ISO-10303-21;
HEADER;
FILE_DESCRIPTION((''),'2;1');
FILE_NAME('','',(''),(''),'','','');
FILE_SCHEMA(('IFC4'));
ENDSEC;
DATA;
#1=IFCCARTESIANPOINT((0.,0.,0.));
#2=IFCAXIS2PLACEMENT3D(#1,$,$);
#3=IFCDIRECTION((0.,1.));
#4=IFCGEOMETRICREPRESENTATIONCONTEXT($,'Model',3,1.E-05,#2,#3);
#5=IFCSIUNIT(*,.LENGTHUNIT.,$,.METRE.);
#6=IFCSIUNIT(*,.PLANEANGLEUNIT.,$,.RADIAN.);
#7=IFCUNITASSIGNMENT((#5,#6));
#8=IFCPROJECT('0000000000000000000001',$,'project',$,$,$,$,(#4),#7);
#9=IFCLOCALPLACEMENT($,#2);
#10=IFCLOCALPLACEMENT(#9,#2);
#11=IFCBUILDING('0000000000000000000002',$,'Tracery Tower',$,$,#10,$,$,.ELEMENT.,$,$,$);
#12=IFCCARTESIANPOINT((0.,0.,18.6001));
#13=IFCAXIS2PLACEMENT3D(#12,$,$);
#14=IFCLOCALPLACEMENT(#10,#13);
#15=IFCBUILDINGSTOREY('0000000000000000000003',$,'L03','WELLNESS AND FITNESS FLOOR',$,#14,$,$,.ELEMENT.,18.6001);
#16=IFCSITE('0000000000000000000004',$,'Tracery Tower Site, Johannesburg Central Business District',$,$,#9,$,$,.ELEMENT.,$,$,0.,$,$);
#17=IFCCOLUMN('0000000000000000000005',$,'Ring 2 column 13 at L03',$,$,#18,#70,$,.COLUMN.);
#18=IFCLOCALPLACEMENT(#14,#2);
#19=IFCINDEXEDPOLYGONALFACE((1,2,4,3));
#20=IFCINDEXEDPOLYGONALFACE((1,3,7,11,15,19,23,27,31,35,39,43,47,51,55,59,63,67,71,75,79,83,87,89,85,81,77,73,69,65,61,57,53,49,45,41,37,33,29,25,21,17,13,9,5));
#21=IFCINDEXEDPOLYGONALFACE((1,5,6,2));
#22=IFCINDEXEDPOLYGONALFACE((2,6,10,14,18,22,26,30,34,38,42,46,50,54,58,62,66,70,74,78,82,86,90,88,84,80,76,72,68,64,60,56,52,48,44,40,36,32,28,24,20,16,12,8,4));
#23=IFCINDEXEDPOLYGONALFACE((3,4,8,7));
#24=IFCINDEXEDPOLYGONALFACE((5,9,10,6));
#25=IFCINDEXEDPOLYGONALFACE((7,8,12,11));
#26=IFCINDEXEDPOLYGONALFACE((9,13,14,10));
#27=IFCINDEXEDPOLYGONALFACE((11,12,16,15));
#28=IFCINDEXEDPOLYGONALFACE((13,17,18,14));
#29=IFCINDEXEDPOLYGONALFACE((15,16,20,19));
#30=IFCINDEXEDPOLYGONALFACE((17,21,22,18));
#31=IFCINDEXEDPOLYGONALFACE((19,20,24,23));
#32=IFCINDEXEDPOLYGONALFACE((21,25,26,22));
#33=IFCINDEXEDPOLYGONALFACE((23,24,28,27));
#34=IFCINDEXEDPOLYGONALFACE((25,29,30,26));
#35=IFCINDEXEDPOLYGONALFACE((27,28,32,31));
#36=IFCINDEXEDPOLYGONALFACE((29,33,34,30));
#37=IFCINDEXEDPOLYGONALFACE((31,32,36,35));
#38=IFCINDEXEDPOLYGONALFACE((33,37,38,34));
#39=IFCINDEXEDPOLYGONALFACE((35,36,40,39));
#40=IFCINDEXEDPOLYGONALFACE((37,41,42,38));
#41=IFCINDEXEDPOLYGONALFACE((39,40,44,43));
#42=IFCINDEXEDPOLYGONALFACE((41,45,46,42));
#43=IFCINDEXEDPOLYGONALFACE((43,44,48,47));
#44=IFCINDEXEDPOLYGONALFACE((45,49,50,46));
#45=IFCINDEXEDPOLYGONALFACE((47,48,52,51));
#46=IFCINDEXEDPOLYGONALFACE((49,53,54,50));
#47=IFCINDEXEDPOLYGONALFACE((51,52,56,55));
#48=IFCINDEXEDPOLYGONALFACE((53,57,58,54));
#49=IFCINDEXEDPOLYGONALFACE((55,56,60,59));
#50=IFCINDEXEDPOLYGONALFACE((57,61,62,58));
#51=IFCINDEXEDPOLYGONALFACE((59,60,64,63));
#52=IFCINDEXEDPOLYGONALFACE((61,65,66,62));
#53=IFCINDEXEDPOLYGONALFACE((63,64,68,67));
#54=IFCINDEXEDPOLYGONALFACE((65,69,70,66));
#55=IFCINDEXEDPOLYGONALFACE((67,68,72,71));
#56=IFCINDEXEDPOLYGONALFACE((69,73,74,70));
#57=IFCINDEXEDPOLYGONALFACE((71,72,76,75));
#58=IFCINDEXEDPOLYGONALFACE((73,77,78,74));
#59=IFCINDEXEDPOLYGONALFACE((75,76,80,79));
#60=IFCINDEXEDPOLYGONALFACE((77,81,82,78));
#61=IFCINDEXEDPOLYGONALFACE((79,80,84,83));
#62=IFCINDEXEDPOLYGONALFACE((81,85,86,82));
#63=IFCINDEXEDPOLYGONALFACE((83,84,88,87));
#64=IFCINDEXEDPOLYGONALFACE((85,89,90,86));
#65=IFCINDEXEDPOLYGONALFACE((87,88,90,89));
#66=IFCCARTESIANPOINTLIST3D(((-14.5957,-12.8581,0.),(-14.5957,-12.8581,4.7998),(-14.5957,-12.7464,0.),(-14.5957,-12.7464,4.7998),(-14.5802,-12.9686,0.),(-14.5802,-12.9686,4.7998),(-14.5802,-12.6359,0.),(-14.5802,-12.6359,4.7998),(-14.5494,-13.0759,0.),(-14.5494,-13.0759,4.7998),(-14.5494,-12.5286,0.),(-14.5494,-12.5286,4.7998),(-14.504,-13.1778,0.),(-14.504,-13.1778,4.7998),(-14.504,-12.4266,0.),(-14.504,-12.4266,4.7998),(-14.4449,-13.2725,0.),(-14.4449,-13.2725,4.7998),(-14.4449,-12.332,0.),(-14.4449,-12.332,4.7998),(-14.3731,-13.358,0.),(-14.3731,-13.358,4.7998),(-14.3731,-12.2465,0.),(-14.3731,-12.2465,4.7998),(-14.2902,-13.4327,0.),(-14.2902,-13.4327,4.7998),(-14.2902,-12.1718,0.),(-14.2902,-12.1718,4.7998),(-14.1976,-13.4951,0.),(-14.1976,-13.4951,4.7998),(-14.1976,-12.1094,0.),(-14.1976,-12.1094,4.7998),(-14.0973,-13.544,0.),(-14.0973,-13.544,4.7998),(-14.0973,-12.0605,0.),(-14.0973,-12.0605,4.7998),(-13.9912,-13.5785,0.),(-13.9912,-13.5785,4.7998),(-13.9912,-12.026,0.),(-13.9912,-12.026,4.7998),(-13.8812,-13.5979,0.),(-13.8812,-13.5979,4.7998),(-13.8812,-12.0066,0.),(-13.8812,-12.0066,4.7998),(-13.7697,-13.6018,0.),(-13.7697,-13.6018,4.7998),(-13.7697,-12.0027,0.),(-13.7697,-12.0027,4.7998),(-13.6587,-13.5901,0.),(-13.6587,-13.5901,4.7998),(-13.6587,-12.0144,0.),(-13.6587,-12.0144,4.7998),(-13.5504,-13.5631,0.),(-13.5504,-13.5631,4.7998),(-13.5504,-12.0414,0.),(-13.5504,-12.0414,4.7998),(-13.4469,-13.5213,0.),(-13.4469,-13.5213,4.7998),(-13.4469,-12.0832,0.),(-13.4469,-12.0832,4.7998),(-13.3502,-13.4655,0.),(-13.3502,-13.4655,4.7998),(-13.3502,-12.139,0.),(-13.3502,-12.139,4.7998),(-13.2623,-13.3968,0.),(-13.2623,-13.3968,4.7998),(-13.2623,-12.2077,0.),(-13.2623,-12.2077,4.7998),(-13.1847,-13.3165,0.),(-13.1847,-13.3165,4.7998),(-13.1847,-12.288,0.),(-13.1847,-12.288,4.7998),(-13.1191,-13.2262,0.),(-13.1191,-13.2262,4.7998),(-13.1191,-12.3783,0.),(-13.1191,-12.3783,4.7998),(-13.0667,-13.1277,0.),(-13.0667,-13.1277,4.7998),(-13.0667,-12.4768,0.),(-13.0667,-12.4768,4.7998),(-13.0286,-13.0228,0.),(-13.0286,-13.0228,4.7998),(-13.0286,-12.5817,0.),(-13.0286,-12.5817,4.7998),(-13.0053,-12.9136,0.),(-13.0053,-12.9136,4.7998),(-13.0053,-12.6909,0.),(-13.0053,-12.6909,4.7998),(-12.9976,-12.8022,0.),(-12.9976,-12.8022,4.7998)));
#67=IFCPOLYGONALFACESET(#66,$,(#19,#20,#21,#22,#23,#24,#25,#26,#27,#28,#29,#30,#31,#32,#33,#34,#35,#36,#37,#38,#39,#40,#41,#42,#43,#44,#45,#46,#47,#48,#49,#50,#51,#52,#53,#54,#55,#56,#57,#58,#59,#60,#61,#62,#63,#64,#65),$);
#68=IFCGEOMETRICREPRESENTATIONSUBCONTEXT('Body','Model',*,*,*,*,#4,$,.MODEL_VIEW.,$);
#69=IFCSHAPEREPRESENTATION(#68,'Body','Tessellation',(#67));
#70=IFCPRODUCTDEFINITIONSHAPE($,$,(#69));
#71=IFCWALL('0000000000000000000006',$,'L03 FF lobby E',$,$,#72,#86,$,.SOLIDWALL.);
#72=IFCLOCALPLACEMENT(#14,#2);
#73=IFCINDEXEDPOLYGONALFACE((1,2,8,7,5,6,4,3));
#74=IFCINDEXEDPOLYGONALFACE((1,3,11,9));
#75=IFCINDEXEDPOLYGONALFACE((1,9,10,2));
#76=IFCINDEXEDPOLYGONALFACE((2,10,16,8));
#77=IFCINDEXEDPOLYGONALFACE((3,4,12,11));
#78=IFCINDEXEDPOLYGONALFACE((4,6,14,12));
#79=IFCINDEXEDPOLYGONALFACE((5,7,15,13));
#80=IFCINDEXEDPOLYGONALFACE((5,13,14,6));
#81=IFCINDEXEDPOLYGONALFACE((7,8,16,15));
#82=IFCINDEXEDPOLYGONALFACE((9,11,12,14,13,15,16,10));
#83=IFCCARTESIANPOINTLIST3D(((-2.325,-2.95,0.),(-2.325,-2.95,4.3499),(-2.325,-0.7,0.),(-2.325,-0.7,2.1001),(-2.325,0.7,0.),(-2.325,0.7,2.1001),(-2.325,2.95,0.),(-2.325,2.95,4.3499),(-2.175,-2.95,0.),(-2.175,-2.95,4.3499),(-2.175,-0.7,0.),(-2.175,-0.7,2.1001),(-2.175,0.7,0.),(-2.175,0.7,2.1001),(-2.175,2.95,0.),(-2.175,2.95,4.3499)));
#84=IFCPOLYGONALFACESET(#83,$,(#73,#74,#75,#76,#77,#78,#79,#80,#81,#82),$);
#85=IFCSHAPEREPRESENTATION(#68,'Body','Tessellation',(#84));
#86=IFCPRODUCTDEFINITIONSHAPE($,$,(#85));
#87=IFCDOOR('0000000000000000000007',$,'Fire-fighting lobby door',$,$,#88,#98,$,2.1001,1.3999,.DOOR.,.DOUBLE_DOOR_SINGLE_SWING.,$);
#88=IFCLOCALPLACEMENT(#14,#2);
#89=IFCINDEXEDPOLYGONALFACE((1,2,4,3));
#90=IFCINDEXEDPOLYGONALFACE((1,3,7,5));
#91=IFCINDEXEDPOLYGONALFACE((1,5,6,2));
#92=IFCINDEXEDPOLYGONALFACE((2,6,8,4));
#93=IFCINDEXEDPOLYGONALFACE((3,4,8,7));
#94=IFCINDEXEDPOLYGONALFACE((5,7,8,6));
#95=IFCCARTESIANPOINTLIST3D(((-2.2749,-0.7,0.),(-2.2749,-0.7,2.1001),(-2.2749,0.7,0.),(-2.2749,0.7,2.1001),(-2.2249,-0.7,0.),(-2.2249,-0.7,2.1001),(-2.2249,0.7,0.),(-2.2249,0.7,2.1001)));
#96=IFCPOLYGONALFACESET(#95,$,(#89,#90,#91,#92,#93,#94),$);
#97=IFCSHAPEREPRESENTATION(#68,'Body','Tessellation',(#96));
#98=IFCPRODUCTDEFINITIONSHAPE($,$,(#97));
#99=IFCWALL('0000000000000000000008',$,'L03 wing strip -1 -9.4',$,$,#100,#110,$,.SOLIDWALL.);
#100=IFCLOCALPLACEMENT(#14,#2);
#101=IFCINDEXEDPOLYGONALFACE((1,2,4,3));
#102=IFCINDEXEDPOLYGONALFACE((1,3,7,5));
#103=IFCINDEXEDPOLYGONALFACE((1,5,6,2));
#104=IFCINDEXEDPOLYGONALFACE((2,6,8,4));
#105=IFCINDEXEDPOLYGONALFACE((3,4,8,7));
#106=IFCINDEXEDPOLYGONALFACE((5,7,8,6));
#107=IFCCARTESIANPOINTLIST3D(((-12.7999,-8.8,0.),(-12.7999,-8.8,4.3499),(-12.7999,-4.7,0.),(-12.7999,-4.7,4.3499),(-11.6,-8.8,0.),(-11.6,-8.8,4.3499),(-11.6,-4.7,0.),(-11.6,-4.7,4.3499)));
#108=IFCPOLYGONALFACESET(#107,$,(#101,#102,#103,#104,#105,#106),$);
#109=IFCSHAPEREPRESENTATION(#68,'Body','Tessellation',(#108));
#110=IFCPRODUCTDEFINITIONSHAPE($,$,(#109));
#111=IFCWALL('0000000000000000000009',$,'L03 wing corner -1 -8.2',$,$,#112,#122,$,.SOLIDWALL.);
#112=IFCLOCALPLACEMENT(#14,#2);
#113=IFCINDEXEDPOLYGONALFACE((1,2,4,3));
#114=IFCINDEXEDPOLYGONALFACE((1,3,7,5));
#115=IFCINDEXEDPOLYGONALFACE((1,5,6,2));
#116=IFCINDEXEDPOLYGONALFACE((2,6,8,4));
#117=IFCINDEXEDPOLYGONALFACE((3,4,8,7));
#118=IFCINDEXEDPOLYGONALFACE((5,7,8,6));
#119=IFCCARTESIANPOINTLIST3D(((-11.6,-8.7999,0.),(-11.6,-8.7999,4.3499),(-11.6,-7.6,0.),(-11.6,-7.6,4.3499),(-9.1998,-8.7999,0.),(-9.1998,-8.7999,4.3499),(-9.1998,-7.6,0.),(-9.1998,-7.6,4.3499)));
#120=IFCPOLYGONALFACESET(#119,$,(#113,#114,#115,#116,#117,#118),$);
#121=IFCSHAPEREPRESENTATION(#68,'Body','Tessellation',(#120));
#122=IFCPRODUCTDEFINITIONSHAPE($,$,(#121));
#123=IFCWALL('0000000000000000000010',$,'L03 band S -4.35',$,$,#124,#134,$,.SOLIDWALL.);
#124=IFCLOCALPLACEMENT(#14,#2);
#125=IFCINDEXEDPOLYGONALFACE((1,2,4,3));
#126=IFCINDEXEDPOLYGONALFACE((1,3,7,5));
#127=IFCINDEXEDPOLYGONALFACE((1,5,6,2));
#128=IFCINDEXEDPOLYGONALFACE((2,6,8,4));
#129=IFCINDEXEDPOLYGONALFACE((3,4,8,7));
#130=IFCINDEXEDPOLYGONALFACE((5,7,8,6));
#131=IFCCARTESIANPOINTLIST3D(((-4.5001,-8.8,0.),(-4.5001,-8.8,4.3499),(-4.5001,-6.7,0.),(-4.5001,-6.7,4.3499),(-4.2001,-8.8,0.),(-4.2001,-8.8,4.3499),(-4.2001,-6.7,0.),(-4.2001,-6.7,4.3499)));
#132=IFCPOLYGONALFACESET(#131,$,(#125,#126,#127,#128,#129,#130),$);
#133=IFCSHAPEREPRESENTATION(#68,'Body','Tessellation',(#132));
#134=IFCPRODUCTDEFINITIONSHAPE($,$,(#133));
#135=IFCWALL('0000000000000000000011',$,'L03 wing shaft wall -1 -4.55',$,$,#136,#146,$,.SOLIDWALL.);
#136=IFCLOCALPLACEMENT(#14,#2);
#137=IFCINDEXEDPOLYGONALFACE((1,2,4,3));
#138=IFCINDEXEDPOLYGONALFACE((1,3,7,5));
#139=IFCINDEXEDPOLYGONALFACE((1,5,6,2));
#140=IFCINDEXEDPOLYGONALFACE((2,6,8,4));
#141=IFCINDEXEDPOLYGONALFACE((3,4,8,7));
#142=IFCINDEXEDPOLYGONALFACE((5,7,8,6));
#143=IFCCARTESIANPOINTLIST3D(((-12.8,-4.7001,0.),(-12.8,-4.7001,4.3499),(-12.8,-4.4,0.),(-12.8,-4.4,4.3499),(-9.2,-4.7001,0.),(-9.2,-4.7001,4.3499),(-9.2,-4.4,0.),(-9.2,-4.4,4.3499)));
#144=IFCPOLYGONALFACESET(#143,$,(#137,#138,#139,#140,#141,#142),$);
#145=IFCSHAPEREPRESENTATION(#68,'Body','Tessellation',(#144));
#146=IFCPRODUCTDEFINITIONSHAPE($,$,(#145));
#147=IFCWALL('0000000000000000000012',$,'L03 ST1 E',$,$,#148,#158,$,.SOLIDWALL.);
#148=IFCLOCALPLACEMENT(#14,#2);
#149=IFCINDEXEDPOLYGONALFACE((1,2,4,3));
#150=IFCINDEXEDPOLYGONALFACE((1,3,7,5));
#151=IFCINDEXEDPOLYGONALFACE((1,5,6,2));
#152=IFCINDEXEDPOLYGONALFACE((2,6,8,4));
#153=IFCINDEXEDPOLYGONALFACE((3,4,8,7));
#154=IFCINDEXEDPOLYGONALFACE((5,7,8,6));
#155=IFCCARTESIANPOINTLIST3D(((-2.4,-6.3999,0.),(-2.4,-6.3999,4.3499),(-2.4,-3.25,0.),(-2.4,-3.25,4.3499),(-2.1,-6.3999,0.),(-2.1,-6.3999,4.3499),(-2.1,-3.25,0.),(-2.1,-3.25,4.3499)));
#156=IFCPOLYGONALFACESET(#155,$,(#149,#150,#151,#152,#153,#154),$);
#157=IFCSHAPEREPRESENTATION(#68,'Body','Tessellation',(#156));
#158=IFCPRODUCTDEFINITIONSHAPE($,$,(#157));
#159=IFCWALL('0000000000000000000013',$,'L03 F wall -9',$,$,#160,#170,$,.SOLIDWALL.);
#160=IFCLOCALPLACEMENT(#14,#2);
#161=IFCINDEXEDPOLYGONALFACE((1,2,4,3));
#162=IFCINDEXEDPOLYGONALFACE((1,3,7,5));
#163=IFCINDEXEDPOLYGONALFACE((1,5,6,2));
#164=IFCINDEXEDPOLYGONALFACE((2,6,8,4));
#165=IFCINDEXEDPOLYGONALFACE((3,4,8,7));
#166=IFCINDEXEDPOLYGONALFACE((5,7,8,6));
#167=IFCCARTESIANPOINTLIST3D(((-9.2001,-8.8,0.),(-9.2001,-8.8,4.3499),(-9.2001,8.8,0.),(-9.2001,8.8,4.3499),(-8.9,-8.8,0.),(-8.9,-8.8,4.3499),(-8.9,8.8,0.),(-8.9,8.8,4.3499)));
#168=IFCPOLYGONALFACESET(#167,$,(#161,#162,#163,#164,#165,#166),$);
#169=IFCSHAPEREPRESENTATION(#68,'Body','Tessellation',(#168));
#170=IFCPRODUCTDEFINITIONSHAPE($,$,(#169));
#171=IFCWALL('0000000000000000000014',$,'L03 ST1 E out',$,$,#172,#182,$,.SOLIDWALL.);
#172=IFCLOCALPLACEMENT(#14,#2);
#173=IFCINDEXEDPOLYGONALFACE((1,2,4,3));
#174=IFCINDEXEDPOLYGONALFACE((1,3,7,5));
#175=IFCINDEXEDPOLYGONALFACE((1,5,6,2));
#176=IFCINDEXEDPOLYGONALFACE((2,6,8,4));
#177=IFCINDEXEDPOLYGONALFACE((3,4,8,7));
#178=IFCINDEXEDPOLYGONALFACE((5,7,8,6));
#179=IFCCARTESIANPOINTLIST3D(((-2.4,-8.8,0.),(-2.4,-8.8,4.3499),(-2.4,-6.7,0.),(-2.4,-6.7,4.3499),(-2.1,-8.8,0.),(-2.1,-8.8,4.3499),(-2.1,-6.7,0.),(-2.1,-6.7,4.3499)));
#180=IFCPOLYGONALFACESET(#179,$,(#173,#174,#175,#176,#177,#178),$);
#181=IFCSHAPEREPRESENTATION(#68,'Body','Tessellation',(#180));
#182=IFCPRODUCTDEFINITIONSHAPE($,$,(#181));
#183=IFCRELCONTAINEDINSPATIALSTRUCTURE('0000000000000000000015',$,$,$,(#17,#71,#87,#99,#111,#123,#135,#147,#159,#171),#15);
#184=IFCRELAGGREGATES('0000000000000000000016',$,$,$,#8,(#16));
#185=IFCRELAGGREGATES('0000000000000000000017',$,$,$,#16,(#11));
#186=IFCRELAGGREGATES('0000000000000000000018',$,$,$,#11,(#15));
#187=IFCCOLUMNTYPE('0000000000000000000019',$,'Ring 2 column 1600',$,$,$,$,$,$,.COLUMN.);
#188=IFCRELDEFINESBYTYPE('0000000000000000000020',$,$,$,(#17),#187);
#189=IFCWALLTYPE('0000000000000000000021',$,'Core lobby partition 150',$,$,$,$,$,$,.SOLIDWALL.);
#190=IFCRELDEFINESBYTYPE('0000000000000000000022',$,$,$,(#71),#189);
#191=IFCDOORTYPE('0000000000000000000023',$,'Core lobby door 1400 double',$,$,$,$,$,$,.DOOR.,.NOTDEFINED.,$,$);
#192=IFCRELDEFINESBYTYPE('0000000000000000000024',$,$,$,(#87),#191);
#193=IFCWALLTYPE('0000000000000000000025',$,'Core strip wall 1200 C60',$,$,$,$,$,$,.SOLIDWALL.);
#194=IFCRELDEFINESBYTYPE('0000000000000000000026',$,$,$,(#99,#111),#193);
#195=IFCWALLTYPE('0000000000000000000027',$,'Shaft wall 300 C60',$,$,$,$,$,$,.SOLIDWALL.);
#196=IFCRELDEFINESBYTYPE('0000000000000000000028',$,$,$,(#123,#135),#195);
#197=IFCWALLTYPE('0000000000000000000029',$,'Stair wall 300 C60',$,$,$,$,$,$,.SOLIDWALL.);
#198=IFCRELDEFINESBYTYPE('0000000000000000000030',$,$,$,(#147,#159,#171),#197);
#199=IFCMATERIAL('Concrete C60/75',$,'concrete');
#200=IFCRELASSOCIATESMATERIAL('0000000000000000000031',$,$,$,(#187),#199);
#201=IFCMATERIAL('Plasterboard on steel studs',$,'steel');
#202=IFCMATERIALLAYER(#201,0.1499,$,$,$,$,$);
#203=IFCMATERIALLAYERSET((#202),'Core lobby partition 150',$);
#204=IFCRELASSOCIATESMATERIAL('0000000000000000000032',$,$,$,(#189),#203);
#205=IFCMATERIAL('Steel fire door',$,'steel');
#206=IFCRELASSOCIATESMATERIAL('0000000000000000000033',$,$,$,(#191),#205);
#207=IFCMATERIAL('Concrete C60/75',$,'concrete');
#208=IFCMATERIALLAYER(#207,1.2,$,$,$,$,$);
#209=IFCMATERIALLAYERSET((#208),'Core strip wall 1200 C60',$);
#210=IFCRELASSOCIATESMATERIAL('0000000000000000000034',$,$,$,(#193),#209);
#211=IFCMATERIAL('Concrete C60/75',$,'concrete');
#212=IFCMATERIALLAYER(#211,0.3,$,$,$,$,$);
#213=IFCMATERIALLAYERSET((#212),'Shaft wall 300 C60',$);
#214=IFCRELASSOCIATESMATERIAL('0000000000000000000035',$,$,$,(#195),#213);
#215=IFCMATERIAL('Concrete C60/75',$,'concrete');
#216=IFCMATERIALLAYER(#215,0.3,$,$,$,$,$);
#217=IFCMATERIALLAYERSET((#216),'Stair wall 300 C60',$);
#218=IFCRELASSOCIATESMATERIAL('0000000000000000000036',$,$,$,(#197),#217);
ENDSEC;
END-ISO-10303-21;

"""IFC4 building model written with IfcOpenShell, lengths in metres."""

from ifc_helpers import new_model, si_unit, direction, frame, frame_2d, origin, origin_2d, place, context, subcontext, project, spatial, rectangle, circle, extrude, material, layer, layer_set, material_profile, profile_set, type_object, element, fill, save


model = new_model("IFC4")

# Units and contexts
model_context = context("Model", 3, precision=1e-05, world=origin(), true_north=direction((0.0, 1.0)))
body_context = subcontext(model_context, "Body", "Model", "MODEL_VIEW")
ifc_project = project(units=[si_unit("LENGTHUNIT", "METRE"), si_unit("PLANEANGLEUNIT", "RADIAN")], contexts=[model_context])

# Site, building, storey
site_placement = place(None, origin())
site = spatial("IfcSite", under=ifc_project, at=site_placement, Name="Tracery Tower Site, Johannesburg Central Business District", CompositionType="ELEMENT", RefElevation=0.0)
building_placement = place(site_placement, origin())
building = spatial("IfcBuilding", under=site, at=building_placement, Name="Tracery Tower", CompositionType="ELEMENT")
storey_placement = place(building_placement, frame((0.0, 0.0, 18.6001)))
storey = spatial("IfcBuildingStorey", under=building, at=storey_placement, Name="L03", Description="WELLNESS AND FITNESS FLOOR", CompositionType="ELEMENT", Elevation=18.6001)

# Column
ifc_material_1 = material(Name="Concrete C60/75", Category="concrete")
ifc_material_profile = material_profile(ifc_material_1, circle(Radius=0.8, at=origin_2d()), Name="RC D1600")
ifc_profile_set = profile_set([ifc_material_profile], Name="Concrete C60/75")
column_type = type_object("IfcColumnType", Name="Ring 2 column 1600", PredefinedType="COLUMN", material=ifc_profile_set)
column_placement = place(storey_placement, frame((-13.7976, -12.8022, 0.0), z_axis=(0.0, 0.0, 1.0), x_axis=(1.0, 0.0, 0.0)))
element("IfcColumn", 1, at=column_placement, inside=storey, type_object=column_type, Name="Ring 2 column 13 at L03", PredefinedType="COLUMN", context=body_context, shape_type="SweptSolid", body=[
    extrude(circle(Radius=0.8, at=origin_2d()), origin(), (0.0, 0.0, 1.0), 4.7998),
])

# Wall, opening, door
ifc_material_2 = material(Name="Plasterboard on steel studs", Category="steel")
ifc_layer_1 = layer(ifc_material_2, 0.1499)
ifc_layer_set_1 = layer_set([ifc_layer_1], Name="Core lobby partition 150")
wall_type_1 = type_object("IfcWallType", Name="Core lobby partition 150", PredefinedType="SOLIDWALL", material=ifc_layer_set_1)
wall_1_placement = place(storey_placement, frame((-2.25, -2.95, 0.0), z_axis=(0.0, 0.0, 1.0), x_axis=(0.0, 1.0, 0.0)))
wall_1 = element("IfcWall", 2, at=wall_1_placement, inside=storey, type_object=wall_type_1, Name="L03 FF lobby E", PredefinedType="SOLIDWALL", context=body_context, shape_type="SweptSolid", body=[
    extrude(rectangle(XDim=5.8999, YDim=0.1499, at=frame_2d((2.95, 0.0))), origin(), (0.0, 0.0, 1.0), 4.3499),
])
opening_1_placement = place(wall_1_placement, frame((2.25, 0.0, 0.0)))
opening_1 = element("IfcOpeningElement", 3, at=opening_1_placement, cuts=wall_1, PredefinedType="OPENING", context=body_context, shape_type="SweptSolid", body=[
    extrude(rectangle(XDim=1.3999, YDim=2.1001, at=frame_2d((0.7, 1.05))), frame((0.0, 0.075, 0.0), z_axis=(0.0, -1.0, 0.0), x_axis=(1.0, 0.0, 0.0)), (0.0, 0.0, 1.0), 0.1499),
])
ifc_material_3 = material(Name="Steel fire door", Category="steel")
door_type_1 = type_object("IfcDoorType", Name="Core lobby door 1400 double", OperationType="NOTDEFINED", PredefinedType="DOOR", material=ifc_material_3)
door_1_placement = place(opening_1_placement, origin())
door_1 = element("IfcDoor", 4, at=door_1_placement, inside=storey, type_object=door_type_1, Name="Fire-fighting lobby door", OperationType="DOUBLE_DOOR_SINGLE_SWING", OverallHeight=2.1001, OverallWidth=1.3999, PredefinedType="DOOR", context=body_context, shape_type="SweptSolid", body=[
    extrude(rectangle(XDim=1.3999, YDim=2.1001, at=frame_2d((0.7, 1.05))), frame((0.0, 0.0249, 0.0), z_axis=(0.0, -1.0, 0.0), x_axis=(1.0, 0.0, 0.0)), (0.0, 0.0, 1.0), 0.05),
])
fill(opening_1, door_1)

# Walls
ifc_material_4 = material(Name="Concrete C60/75", Category="concrete")
ifc_layer_2 = layer(ifc_material_4, 1.2)
ifc_layer_set_2 = layer_set([ifc_layer_2], Name="Core strip wall 1200 C60")
wall_type_2 = type_object("IfcWallType", Name="Core strip wall 1200 C60", PredefinedType="SOLIDWALL", material=ifc_layer_set_2)
wall_2_placement = place(storey_placement, frame((-12.2, -8.8, 0.0), z_axis=(0.0, 0.0, 1.0), x_axis=(0.0, 1.0, 0.0)))
element("IfcWall", 5, at=wall_2_placement, inside=storey, type_object=wall_type_2, Name="L03 wing strip -1 -9.4", PredefinedType="SOLIDWALL", context=body_context, shape_type="SweptSolid", body=[
    extrude(rectangle(XDim=4.1001, YDim=1.2, at=frame_2d((2.05, 0.0))), origin(), (0.0, 0.0, 1.0), 4.3499),
])
wall_3_placement = place(storey_placement, frame((-11.6001, -8.2, 0.0), z_axis=(0.0, 0.0, 1.0), x_axis=(1.0, 0.0, 0.0)))
element("IfcWall", 6, at=wall_3_placement, inside=storey, type_object=wall_type_2, Name="L03 wing corner -1 -8.2", PredefinedType="SOLIDWALL", context=body_context, shape_type="SweptSolid", body=[
    extrude(rectangle(XDim=2.4001, YDim=1.2, at=frame_2d((1.2002, 0.0))), origin(), (0.0, 0.0, 1.0), 4.3499),
])

# Shared definitions
ifc_material_5 = material(Name="Concrete C60/75", Category="concrete")
ifc_layer_3 = layer(ifc_material_5, 0.3)
ifc_layer_set_3 = layer_set([ifc_layer_3], Name="Shaft wall 300 C60")
wall_type_3 = type_object("IfcWallType", Name="Shaft wall 300 C60", PredefinedType="SOLIDWALL", material=ifc_layer_set_3)

# Walls
wall_4_placement = place(storey_placement, frame((-4.3501, -8.8, 0.0), z_axis=(0.0, 0.0, 1.0), x_axis=(0.0, 1.0, 0.0)))
element("IfcWall", 7, at=wall_4_placement, inside=storey, type_object=wall_type_3, Name="L03 band S -4.35", PredefinedType="SOLIDWALL", context=body_context, shape_type="SweptSolid", body=[
    extrude(rectangle(XDim=2.1001, YDim=0.3, at=frame_2d((1.05, 0.0))), origin(), (0.0, 0.0, 1.0), 4.3499),
])
wall_5_placement = place(storey_placement, frame((-12.8, -4.55, 0.0), z_axis=(0.0, 0.0, 1.0), x_axis=(1.0, 0.0, 0.0)))
element("IfcWall", 8, at=wall_5_placement, inside=storey, type_object=wall_type_3, Name="L03 wing shaft wall -1 -4.55", PredefinedType="SOLIDWALL", context=body_context, shape_type="SweptSolid", body=[
    extrude(rectangle(XDim=3.6001, YDim=0.3, at=frame_2d((1.8, 0.0))), origin(), (0.0, 0.0, 1.0), 4.3499),
])

# Shared definitions
ifc_material_6 = material(Name="Concrete C60/75", Category="concrete")
ifc_layer_4 = layer(ifc_material_6, 0.3)
ifc_layer_set_4 = layer_set([ifc_layer_4], Name="Stair wall 300 C60")
wall_type_4 = type_object("IfcWallType", Name="Stair wall 300 C60", PredefinedType="SOLIDWALL", material=ifc_layer_set_4)

# Walls
wall_6_placement = place(storey_placement, frame((-2.25, -6.3999, 0.0), z_axis=(0.0, 0.0, 1.0), x_axis=(0.0, 1.0, 0.0)))
element("IfcWall", 9, at=wall_6_placement, inside=storey, type_object=wall_type_4, Name="L03 ST1 E", PredefinedType="SOLIDWALL", context=body_context, shape_type="SweptSolid", body=[
    extrude(rectangle(XDim=3.1499, YDim=0.3, at=frame_2d((1.575, 0.0))), origin(), (0.0, 0.0, 1.0), 4.3499),
])
wall_7_placement = place(storey_placement, frame((-9.05, -8.8, 0.0), z_axis=(0.0, 0.0, 1.0), x_axis=(0.0, 1.0, 0.0)))
element("IfcWall", 10, at=wall_7_placement, inside=storey, type_object=wall_type_4, Name="L03 F wall -9", PredefinedType="SOLIDWALL", context=body_context, shape_type="SweptSolid", body=[
    extrude(rectangle(XDim=17.6001, YDim=0.3, at=frame_2d((8.8, 0.0))), origin(), (0.0, 0.0, 1.0), 4.3499),
])

# Wall
wall_8_placement = place(storey_placement, frame((-2.25, -8.8, 0.0), z_axis=(0.0, 0.0, 1.0), x_axis=(0.0, 1.0, 0.0)))
element("IfcWall", 11, at=wall_8_placement, inside=storey, type_object=wall_type_4, Name="L03 ST1 E out", PredefinedType="SOLIDWALL", context=body_context, shape_type="SweptSolid", body=[
    extrude(rectangle(XDim=2.1001, YDim=0.3, at=frame_2d((1.05, 0.0))), origin(), (0.0, 0.0, 1.0), 4.3499),
])

save(model, "model.ifc")
